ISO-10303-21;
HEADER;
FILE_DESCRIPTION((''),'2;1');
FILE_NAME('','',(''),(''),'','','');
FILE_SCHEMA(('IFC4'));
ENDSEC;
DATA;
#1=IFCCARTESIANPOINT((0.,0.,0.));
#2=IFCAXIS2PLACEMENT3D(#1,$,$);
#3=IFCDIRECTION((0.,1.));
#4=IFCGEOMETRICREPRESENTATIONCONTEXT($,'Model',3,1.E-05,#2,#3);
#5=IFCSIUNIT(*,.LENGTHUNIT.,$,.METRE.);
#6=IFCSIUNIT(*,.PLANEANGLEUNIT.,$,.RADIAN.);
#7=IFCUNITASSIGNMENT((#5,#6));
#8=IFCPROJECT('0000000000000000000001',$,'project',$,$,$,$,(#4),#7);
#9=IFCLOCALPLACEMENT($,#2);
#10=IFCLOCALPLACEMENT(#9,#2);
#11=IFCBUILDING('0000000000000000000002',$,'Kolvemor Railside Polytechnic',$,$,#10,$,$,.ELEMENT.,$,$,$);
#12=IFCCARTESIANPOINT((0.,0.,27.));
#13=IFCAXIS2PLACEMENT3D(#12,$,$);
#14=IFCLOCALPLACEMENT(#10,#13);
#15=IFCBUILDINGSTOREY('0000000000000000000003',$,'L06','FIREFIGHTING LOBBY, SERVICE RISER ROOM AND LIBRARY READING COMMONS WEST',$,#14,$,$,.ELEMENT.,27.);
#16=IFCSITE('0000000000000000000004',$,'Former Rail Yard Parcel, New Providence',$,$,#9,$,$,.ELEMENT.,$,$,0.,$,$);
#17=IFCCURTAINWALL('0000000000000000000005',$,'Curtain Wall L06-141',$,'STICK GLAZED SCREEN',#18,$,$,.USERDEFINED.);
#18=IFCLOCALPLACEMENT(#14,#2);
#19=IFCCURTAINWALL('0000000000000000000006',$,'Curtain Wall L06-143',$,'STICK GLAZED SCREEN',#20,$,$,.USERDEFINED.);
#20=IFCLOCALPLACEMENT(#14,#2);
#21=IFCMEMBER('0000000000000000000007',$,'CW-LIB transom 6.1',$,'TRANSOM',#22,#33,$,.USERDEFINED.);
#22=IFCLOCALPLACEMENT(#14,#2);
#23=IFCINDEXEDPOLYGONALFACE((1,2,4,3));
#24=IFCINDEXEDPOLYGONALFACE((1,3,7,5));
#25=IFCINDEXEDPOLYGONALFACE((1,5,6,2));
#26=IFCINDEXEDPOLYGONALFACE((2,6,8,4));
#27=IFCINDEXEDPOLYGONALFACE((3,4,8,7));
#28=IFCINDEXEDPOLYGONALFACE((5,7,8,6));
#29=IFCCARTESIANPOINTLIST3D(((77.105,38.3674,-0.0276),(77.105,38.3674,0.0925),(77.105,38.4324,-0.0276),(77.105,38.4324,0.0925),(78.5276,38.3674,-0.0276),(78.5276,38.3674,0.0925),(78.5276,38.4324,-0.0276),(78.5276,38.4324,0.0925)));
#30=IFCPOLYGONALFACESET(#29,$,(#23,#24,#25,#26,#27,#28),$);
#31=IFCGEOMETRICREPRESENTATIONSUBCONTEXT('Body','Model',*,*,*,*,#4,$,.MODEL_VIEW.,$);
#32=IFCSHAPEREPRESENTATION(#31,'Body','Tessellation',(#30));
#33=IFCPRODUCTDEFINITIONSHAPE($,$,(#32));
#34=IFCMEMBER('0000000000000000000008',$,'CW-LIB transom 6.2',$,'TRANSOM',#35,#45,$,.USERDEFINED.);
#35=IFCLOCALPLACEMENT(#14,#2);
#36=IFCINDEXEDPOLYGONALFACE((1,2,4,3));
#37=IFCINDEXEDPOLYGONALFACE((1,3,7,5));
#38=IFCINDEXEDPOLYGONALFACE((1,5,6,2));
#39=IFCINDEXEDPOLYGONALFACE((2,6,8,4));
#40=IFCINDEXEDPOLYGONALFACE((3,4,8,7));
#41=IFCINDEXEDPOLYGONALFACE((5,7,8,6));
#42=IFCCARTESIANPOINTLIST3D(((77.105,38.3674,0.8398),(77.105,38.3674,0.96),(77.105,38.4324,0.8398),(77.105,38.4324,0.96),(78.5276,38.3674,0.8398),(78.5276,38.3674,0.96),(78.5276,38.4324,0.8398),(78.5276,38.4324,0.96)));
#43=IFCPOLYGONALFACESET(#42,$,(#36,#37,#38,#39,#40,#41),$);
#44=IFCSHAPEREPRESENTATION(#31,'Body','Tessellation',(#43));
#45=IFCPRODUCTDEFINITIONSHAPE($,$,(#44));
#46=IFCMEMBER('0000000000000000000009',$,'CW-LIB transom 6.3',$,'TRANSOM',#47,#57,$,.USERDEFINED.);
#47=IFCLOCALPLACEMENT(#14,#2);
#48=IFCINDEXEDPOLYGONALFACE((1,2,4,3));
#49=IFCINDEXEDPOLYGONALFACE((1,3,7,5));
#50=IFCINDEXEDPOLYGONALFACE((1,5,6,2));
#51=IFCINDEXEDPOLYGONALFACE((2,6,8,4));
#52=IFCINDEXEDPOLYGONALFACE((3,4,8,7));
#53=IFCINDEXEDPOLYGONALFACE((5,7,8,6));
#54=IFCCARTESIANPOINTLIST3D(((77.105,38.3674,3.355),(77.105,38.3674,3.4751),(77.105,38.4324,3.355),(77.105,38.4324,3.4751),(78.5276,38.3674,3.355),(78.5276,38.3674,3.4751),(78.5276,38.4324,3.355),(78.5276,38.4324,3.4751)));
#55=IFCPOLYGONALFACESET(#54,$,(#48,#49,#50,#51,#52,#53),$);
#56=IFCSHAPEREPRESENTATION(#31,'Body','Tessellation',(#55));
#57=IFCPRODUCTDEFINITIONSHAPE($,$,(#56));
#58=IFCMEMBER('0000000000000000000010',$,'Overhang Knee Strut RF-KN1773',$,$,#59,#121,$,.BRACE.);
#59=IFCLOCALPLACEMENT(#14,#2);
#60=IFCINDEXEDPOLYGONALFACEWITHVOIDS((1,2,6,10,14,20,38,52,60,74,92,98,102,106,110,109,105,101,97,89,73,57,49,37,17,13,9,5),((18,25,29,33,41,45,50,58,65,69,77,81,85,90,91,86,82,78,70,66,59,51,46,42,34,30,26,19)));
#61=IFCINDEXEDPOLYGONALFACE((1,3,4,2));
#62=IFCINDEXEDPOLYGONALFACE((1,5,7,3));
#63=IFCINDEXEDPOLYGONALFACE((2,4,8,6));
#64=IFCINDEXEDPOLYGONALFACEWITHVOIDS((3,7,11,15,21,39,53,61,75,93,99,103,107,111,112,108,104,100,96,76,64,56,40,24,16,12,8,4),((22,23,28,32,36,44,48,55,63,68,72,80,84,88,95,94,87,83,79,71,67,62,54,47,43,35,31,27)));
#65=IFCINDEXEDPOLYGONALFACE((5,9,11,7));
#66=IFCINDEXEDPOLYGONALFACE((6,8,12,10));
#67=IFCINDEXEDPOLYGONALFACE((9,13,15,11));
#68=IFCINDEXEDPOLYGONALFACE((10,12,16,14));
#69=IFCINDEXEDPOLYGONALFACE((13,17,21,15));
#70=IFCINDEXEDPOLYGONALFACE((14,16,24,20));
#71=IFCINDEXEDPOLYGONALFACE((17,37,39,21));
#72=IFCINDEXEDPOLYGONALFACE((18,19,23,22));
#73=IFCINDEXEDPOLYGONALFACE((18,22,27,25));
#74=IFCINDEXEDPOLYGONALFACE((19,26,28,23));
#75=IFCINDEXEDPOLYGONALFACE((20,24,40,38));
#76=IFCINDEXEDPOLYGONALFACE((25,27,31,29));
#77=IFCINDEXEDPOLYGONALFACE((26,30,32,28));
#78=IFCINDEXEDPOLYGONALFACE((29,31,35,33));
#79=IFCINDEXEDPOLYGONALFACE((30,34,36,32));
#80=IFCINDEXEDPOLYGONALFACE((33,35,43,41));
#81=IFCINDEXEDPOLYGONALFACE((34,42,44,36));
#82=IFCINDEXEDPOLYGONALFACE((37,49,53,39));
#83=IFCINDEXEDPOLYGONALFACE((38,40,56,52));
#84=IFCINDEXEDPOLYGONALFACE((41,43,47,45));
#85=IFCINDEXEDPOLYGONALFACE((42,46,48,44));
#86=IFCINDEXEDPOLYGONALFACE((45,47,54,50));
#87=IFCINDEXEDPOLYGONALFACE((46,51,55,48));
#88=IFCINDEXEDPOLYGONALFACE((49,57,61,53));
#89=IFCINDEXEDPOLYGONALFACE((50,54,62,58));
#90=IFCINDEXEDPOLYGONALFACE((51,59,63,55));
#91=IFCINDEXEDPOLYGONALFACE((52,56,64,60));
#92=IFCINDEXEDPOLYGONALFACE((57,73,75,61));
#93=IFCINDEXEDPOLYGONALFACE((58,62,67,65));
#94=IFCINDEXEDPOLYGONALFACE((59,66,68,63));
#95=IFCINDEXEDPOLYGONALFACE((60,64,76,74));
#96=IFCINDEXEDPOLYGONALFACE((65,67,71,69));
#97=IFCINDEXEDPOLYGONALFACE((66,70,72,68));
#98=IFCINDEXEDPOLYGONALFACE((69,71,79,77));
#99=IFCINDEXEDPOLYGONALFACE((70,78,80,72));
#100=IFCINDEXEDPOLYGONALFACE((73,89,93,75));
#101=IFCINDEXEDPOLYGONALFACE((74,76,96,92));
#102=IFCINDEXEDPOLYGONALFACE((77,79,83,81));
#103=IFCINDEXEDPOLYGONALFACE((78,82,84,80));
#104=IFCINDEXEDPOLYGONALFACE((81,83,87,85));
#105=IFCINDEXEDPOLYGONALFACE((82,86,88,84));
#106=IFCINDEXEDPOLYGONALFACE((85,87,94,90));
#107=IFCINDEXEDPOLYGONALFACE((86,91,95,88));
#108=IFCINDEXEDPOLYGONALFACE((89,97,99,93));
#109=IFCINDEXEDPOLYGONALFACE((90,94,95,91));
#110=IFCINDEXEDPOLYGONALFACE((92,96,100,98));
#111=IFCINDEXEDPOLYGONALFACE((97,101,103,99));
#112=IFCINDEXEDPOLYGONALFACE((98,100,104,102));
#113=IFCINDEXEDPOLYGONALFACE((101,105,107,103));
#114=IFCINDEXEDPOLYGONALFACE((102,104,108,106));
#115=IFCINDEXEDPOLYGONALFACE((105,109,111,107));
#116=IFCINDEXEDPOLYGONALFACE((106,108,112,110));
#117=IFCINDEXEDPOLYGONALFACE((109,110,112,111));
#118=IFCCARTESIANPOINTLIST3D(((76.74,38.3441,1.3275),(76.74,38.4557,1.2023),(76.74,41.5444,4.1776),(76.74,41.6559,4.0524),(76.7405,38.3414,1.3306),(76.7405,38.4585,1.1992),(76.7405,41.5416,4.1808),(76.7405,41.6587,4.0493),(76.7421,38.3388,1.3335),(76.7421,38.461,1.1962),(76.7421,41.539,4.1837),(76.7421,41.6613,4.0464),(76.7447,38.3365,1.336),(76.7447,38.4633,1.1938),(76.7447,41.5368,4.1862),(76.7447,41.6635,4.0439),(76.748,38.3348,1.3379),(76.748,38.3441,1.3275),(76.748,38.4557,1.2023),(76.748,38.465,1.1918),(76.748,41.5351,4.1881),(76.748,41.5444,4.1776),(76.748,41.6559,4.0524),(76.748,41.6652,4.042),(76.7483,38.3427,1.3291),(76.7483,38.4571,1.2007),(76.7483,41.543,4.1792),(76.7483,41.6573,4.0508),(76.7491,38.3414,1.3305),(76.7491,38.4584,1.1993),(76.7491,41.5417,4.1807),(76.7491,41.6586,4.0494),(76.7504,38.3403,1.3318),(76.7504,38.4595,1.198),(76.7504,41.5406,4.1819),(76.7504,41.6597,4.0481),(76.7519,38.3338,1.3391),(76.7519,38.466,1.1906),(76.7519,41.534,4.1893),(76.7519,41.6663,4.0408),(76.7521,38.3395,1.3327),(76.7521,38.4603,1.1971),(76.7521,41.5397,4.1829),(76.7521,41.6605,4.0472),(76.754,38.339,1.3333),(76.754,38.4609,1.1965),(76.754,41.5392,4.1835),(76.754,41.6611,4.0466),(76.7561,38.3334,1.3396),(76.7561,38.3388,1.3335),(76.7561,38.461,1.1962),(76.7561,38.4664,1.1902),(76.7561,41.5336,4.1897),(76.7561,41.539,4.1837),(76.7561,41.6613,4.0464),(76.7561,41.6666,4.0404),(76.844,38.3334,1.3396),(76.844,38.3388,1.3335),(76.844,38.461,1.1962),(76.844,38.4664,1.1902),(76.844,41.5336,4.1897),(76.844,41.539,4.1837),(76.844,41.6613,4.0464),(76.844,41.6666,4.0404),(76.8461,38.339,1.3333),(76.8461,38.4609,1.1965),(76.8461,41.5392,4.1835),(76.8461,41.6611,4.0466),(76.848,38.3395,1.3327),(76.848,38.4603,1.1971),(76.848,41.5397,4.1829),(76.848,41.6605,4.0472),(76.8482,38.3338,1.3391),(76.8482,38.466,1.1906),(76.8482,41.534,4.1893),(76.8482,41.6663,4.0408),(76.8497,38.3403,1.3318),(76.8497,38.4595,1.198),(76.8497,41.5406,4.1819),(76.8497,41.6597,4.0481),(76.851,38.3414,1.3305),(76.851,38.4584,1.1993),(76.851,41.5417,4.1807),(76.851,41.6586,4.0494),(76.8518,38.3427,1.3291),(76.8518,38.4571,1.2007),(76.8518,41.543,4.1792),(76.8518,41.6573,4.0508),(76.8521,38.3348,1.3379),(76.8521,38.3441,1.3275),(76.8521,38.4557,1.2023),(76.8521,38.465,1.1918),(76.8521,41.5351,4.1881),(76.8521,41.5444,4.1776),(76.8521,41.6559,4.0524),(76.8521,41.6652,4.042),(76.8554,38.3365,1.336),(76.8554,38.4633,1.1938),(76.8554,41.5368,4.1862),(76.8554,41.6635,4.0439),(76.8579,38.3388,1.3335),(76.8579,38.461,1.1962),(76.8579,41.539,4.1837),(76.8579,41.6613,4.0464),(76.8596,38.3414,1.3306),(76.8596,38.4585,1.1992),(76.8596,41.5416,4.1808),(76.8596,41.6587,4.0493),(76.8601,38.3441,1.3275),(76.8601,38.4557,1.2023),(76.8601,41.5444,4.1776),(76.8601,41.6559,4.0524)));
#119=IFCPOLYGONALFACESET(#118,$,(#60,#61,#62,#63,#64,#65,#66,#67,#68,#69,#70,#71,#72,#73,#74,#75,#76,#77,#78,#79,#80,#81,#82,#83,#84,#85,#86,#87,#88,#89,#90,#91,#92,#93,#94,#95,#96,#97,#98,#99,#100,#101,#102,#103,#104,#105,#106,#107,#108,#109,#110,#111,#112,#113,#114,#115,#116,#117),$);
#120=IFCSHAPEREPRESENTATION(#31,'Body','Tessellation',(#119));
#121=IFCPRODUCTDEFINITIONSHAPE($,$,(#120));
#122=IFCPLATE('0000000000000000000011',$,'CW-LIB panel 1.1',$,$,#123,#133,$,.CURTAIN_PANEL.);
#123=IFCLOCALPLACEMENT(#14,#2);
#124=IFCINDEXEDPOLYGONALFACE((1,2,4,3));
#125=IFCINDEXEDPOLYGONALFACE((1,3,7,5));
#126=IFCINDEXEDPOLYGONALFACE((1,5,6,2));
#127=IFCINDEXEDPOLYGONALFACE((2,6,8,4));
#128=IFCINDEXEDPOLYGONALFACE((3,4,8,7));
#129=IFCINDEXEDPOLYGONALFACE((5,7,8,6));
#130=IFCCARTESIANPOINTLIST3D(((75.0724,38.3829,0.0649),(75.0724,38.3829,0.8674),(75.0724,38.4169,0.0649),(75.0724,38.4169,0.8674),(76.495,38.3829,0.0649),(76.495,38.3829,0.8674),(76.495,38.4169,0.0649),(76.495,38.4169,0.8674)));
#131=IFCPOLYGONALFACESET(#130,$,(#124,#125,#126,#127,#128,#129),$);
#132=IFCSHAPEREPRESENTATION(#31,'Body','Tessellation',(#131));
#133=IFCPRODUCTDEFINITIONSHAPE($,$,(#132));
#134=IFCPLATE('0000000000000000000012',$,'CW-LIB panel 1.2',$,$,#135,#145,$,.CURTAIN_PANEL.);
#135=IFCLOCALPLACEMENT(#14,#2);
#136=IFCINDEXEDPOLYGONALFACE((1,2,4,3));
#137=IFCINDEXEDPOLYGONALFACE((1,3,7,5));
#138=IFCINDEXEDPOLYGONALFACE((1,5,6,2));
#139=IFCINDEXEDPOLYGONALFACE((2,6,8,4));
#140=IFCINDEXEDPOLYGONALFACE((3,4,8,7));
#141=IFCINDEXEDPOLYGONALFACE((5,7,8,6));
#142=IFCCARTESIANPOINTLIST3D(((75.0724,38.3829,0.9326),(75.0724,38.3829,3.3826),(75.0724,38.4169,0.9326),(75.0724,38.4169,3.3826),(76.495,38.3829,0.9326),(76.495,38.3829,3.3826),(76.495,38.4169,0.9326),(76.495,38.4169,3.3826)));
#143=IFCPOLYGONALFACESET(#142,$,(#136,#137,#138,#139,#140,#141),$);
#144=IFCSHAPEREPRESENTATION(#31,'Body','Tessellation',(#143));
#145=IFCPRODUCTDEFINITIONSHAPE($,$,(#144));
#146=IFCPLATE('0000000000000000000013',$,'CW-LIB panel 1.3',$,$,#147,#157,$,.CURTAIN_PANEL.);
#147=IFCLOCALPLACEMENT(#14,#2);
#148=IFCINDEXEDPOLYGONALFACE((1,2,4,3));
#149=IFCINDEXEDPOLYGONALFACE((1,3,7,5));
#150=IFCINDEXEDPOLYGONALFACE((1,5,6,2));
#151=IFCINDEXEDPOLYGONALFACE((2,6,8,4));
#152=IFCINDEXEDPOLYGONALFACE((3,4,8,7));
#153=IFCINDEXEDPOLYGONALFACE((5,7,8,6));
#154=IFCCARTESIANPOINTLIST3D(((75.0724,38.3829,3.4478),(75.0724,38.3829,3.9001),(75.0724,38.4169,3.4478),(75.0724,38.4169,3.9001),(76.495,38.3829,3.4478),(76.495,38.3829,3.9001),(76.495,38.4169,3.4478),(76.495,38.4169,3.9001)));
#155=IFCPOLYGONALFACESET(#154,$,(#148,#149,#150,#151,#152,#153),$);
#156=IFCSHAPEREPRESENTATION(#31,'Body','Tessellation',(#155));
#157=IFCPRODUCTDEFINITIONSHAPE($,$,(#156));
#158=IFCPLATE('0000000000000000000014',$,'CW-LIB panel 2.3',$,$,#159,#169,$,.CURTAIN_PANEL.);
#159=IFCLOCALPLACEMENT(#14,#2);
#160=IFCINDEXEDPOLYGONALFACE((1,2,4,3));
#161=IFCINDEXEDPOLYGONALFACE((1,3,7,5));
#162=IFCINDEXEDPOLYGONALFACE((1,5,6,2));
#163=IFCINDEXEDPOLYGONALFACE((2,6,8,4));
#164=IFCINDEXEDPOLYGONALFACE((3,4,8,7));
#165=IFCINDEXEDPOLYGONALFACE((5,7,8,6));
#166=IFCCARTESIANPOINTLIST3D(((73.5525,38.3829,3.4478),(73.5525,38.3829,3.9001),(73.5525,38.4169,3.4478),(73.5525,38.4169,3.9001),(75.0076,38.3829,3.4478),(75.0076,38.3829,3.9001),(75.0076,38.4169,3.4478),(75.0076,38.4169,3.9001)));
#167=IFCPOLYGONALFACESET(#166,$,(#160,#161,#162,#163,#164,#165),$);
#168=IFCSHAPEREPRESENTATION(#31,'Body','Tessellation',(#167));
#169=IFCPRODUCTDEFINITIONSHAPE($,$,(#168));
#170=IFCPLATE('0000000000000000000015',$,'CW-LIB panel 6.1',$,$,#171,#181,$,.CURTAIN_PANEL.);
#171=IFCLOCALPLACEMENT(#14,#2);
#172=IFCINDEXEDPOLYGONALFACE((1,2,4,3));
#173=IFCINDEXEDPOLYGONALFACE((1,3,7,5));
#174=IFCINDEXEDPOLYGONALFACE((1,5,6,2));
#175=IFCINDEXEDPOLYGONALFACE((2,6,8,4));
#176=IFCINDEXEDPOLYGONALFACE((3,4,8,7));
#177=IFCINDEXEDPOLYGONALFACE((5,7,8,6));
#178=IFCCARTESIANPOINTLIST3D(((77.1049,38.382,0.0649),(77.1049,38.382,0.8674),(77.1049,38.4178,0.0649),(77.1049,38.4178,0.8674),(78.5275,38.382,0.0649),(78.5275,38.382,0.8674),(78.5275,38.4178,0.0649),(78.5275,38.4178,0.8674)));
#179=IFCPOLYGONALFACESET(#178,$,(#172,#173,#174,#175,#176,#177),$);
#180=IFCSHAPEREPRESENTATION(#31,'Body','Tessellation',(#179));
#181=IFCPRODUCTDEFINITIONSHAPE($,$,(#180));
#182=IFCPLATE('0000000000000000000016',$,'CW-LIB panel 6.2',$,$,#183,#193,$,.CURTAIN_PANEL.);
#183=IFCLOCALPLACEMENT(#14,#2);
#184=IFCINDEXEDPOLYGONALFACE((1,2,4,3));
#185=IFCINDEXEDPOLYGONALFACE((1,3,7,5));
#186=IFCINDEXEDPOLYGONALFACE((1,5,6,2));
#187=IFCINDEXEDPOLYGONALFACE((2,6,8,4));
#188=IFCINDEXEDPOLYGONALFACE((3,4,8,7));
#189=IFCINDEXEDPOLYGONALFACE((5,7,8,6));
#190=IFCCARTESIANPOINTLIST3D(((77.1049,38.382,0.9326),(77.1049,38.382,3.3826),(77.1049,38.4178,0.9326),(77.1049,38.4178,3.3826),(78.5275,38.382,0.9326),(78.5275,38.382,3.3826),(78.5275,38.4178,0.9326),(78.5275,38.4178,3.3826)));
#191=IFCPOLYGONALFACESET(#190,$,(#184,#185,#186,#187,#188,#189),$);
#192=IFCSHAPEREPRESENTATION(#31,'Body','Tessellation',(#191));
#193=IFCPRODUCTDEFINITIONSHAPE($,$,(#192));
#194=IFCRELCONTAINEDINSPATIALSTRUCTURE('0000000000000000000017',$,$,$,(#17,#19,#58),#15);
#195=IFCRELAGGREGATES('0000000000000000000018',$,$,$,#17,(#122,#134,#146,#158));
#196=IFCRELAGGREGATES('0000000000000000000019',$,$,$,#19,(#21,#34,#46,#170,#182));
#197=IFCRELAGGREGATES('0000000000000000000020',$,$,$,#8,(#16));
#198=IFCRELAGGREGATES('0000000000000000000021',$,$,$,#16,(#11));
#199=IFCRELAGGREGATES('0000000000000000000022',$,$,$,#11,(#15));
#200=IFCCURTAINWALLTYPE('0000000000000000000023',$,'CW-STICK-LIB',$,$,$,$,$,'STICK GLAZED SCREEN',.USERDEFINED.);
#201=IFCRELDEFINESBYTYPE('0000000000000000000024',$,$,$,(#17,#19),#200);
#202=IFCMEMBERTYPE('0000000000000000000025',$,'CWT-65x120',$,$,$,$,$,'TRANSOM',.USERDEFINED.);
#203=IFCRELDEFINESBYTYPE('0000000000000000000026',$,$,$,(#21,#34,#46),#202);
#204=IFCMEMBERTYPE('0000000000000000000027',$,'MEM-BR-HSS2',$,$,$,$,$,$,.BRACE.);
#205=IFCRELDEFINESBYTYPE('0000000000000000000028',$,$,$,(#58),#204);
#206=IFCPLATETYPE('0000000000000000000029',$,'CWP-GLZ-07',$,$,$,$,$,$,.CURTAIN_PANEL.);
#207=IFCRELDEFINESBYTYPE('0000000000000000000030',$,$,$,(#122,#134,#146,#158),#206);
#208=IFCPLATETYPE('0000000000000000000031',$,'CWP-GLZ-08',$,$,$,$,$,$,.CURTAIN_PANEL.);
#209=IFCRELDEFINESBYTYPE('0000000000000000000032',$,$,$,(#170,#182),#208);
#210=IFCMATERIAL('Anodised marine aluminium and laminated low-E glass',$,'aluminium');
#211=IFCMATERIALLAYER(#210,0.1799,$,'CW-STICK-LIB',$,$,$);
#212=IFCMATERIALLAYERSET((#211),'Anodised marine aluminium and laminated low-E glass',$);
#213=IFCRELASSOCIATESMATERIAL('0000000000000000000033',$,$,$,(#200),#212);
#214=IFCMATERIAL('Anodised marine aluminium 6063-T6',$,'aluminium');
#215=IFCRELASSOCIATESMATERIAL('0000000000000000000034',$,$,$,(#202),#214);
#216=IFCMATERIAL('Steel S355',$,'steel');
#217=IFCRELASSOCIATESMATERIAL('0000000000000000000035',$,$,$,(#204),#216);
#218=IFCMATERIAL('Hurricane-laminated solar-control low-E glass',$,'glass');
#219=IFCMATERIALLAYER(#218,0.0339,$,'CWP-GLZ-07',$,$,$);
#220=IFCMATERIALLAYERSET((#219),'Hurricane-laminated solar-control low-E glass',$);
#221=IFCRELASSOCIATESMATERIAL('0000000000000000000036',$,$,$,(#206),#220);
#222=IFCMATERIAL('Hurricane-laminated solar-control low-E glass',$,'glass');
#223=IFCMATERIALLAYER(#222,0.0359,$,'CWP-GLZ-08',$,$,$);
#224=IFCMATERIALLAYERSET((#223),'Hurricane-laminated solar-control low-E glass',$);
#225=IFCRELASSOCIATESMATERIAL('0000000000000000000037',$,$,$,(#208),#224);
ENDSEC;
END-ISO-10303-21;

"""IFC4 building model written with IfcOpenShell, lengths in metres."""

from ifc_helpers import new_model, si_unit, direction, frame, origin, origin_2d, place, context, subcontext, project, spatial, rectangle, hollow_rectangle, extrude, material, layer, layer_set, material_profile, profile_set, type_object, element, aggregate, save


model = new_model("IFC4")

# Units and contexts
model_context = context("Model", 3, precision=1e-05, world=origin(), true_north=direction((0.0, 1.0)))
body_context = subcontext(model_context, "Body", "Model", "MODEL_VIEW")
ifc_project = project(units=[si_unit("LENGTHUNIT", "METRE"), si_unit("PLANEANGLEUNIT", "RADIAN")], contexts=[model_context])

# Site, building, storey
site_placement = place(None, origin())
site = spatial("IfcSite", under=ifc_project, at=site_placement, Name="Former Rail Yard Parcel, New Providence", CompositionType="ELEMENT", RefElevation=0.0)
building_placement = place(site_placement, origin())
building = spatial("IfcBuilding", under=site, at=building_placement, Name="Kolvemor Railside Polytechnic", CompositionType="ELEMENT")
storey_placement = place(building_placement, frame((0.0, 0.0, 27.0)))
storey = spatial("IfcBuildingStorey", under=building, at=storey_placement, Name="L06", Description="FIREFIGHTING LOBBY, SERVICE RISER ROOM AND LIBRARY READING COMMONS WEST", CompositionType="ELEMENT", Elevation=27.0)

# Curtain wall
ifc_material_1 = material(Name="Anodised marine aluminium and laminated low-E glass", Category="aluminium")
ifc_layer_1 = layer(ifc_material_1, 0.1799, Name="CW-STICK-LIB")
ifc_layer_set_1 = layer_set([ifc_layer_1], Name="Anodised marine aluminium and laminated low-E glass")
curtain_wall_type = type_object("IfcCurtainWallType", Name="CW-STICK-LIB", ElementType="STICK GLAZED SCREEN", PredefinedType="USERDEFINED", material=ifc_layer_set_1)
curtain_wall_1_placement = place(storey_placement, origin())
curtain_wall_1 = element("IfcCurtainWall", 1, at=curtain_wall_1_placement, inside=storey, type_object=curtain_wall_type, Name="Curtain Wall L06-141", ObjectType="STICK GLAZED SCREEN", PredefinedType="USERDEFINED")

# Curtain wall
curtain_wall_2_placement = place(storey_placement, origin())
curtain_wall_2 = element("IfcCurtainWall", 2, at=curtain_wall_2_placement, inside=storey, type_object=curtain_wall_type, Name="Curtain Wall L06-143", ObjectType="STICK GLAZED SCREEN", PredefinedType="USERDEFINED")

# Members
ifc_material_2 = material(Name="Anodised marine aluminium 6063-T6", Category="aluminium")
ifc_material_profile_1 = material_profile(ifc_material_2, rectangle(XDim=0.0649, YDim=0.1201, at=origin_2d()), Name="CW-TRN-65x120")
ifc_profile_set_1 = profile_set([ifc_material_profile_1], Name="Anodised marine aluminium 6063-T6")
member_type_1 = type_object("IfcMemberType", Name="CWT-65x120", ElementType="TRANSOM", PredefinedType="USERDEFINED", material=ifc_profile_set_1)
member_1_placement = place(storey_placement, frame((78.5276, 38.3999, 0.0325), z_axis=(-1.0, 0.0, 0.0), x_axis=(0.0, -1.0, 0.0)))
member_1 = element("IfcMember", 3, at=member_1_placement, type_object=member_type_1, Name="CW-LIB transom 6.1", ObjectType="TRANSOM", PredefinedType="USERDEFINED", context=body_context, shape_type="SweptSolid", body=[
    extrude(rectangle(XDim=0.0649, YDim=0.1201, at=origin_2d()), origin(), (0.0, 0.0, 1.0), 1.4226),
])
member_2_placement = place(storey_placement, frame((78.5276, 38.3999, 0.8999), z_axis=(-1.0, 0.0, 0.0), x_axis=(0.0, -1.0, 0.0)))
member_2 = element("IfcMember", 4, at=member_2_placement, type_object=member_type_1, Name="CW-LIB transom 6.2", ObjectType="TRANSOM", PredefinedType="USERDEFINED", context=body_context, shape_type="SweptSolid", body=[
    extrude(rectangle(XDim=0.0649, YDim=0.1201, at=origin_2d()), origin(), (0.0, 0.0, 1.0), 1.4226),
])
member_3_placement = place(storey_placement, frame((78.5276, 38.3999, 3.415), z_axis=(-1.0, 0.0, 0.0), x_axis=(0.0, -1.0, 0.0)))
member_3 = element("IfcMember", 5, at=member_3_placement, type_object=member_type_1, Name="CW-LIB transom 6.3", ObjectType="TRANSOM", PredefinedType="USERDEFINED", context=body_context, shape_type="SweptSolid", body=[
    extrude(rectangle(XDim=0.0649, YDim=0.1201, at=origin_2d()), origin(), (0.0, 0.0, 1.0), 1.4226),
])
ifc_material_3 = material(Name="Steel S355", Category="steel")
ifc_material_profile_2 = material_profile(ifc_material_3, hollow_rectangle(XDim=0.1201, YDim=0.2, WallThickness=0.0081, InnerFilletRadius=0.0081, OuterFilletRadius=0.0161, at=origin_2d()), Name="HSS200x120x8")
ifc_profile_set_2 = profile_set([ifc_material_profile_2], Name="Steel S355")
member_type_2 = type_object("IfcMemberType", Name="MEM-BR-HSS2", PredefinedType="BRACE", material=ifc_profile_set_2)
member_4_placement = place(storey_placement, frame((76.8, 38.3999, 1.2649), z_axis=(0.0, 0.746774, 0.665078), x_axis=(-1.0, 0.0, 0.0)))
element("IfcMember", 6, at=member_4_placement, inside=storey, type_object=member_type_2, Name="Overhang Knee Strut RF-KN1773", PredefinedType="BRACE", context=body_context, shape_type="SweptSolid", body=[
    extrude(hollow_rectangle(XDim=0.1201, YDim=0.2, WallThickness=0.0081, InnerFilletRadius=0.0081, OuterFilletRadius=0.0161, at=origin_2d()), origin(), (0.0, 0.0, 1.0), 4.2854),
])

# Plates
ifc_material_4 = material(Name="Hurricane-laminated solar-control low-E glass", Category="glass")
ifc_layer_2 = layer(ifc_material_4, 0.0339, Name="CWP-GLZ-07")
ifc_layer_set_2 = layer_set([ifc_layer_2], Name="Hurricane-laminated solar-control low-E glass")
plate_type_1 = type_object("IfcPlateType", Name="CWP-GLZ-07", PredefinedType="CURTAIN_PANEL", material=ifc_layer_set_2)
plate_1_placement = place(storey_placement, frame((75.7837, 38.3999, 0.0649), z_axis=(0.0, 0.0, 1.0), x_axis=(-1.0, 0.0, 0.0)))
plate_1 = element("IfcPlate", 7, at=plate_1_placement, type_object=plate_type_1, Name="CW-LIB panel 1.1", PredefinedType="CURTAIN_PANEL", context=body_context, shape_type="SweptSolid", body=[
    extrude(rectangle(XDim=1.4226, YDim=0.0339, at=origin_2d()), origin(), (0.0, 0.0, 1.0), 0.8025),
])
plate_2_placement = place(storey_placement, frame((75.7837, 38.3999, 0.9326), z_axis=(0.0, 0.0, 1.0), x_axis=(-1.0, 0.0, 0.0)))
plate_2 = element("IfcPlate", 8, at=plate_2_placement, type_object=plate_type_1, Name="CW-LIB panel 1.2", PredefinedType="CURTAIN_PANEL", context=body_context, shape_type="SweptSolid", body=[
    extrude(rectangle(XDim=1.4226, YDim=0.0339, at=origin_2d()), origin(), (0.0, 0.0, 1.0), 2.45),
])
plate_3_placement = place(storey_placement, frame((75.7837, 38.3999, 3.4478), z_axis=(0.0, 0.0, 1.0), x_axis=(-1.0, 0.0, 0.0)))
plate_3 = element("IfcPlate", 9, at=plate_3_placement, type_object=plate_type_1, Name="CW-LIB panel 1.3", PredefinedType="CURTAIN_PANEL", context=body_context, shape_type="SweptSolid", body=[
    extrude(rectangle(XDim=1.4226, YDim=0.0339, at=origin_2d()), origin(), (0.0, 0.0, 1.0), 0.4524),
])
plate_4_placement = place(storey_placement, frame((74.28, 38.3999, 3.4478), z_axis=(0.0, 0.0, 1.0), x_axis=(-1.0, 0.0, 0.0)))
plate_4 = element("IfcPlate", 10, at=plate_4_placement, type_object=plate_type_1, Name="CW-LIB panel 2.3", PredefinedType="CURTAIN_PANEL", context=body_context, shape_type="SweptSolid", body=[
    extrude(rectangle(XDim=1.4551, YDim=0.0339, at=origin_2d()), origin(), (0.0, 0.0, 1.0), 0.4524),
])
aggregate(curtain_wall_1, [plate_1, plate_2, plate_3, plate_4])
ifc_material_5 = material(Name="Hurricane-laminated solar-control low-E glass", Category="glass")
ifc_layer_3 = layer(ifc_material_5, 0.0359, Name="CWP-GLZ-08")
ifc_layer_set_3 = layer_set([ifc_layer_3], Name="Hurricane-laminated solar-control low-E glass")
plate_type_2 = type_object("IfcPlateType", Name="CWP-GLZ-08", PredefinedType="CURTAIN_PANEL", material=ifc_layer_set_3)
plate_5_placement = place(storey_placement, frame((77.8162, 38.3999, 0.0649), z_axis=(0.0, 0.0, 1.0), x_axis=(-1.0, 0.0, 0.0)))
plate_5 = element("IfcPlate", 11, at=plate_5_placement, type_object=plate_type_2, Name="CW-LIB panel 6.1", PredefinedType="CURTAIN_PANEL", context=body_context, shape_type="SweptSolid", body=[
    extrude(rectangle(XDim=1.4226, YDim=0.0359, at=origin_2d()), origin(), (0.0, 0.0, 1.0), 0.8025),
])
plate_6_placement = place(storey_placement, frame((77.8162, 38.3999, 0.9326), z_axis=(0.0, 0.0, 1.0), x_axis=(-1.0, 0.0, 0.0)))
plate_6 = element("IfcPlate", 12, at=plate_6_placement, type_object=plate_type_2, Name="CW-LIB panel 6.2", PredefinedType="CURTAIN_PANEL", context=body_context, shape_type="SweptSolid", body=[
    extrude(rectangle(XDim=1.4226, YDim=0.0359, at=origin_2d()), origin(), (0.0, 0.0, 1.0), 2.45),
])
aggregate(curtain_wall_2, [member_1, member_2, member_3, plate_5, plate_6])

save(model, "model.ifc")
